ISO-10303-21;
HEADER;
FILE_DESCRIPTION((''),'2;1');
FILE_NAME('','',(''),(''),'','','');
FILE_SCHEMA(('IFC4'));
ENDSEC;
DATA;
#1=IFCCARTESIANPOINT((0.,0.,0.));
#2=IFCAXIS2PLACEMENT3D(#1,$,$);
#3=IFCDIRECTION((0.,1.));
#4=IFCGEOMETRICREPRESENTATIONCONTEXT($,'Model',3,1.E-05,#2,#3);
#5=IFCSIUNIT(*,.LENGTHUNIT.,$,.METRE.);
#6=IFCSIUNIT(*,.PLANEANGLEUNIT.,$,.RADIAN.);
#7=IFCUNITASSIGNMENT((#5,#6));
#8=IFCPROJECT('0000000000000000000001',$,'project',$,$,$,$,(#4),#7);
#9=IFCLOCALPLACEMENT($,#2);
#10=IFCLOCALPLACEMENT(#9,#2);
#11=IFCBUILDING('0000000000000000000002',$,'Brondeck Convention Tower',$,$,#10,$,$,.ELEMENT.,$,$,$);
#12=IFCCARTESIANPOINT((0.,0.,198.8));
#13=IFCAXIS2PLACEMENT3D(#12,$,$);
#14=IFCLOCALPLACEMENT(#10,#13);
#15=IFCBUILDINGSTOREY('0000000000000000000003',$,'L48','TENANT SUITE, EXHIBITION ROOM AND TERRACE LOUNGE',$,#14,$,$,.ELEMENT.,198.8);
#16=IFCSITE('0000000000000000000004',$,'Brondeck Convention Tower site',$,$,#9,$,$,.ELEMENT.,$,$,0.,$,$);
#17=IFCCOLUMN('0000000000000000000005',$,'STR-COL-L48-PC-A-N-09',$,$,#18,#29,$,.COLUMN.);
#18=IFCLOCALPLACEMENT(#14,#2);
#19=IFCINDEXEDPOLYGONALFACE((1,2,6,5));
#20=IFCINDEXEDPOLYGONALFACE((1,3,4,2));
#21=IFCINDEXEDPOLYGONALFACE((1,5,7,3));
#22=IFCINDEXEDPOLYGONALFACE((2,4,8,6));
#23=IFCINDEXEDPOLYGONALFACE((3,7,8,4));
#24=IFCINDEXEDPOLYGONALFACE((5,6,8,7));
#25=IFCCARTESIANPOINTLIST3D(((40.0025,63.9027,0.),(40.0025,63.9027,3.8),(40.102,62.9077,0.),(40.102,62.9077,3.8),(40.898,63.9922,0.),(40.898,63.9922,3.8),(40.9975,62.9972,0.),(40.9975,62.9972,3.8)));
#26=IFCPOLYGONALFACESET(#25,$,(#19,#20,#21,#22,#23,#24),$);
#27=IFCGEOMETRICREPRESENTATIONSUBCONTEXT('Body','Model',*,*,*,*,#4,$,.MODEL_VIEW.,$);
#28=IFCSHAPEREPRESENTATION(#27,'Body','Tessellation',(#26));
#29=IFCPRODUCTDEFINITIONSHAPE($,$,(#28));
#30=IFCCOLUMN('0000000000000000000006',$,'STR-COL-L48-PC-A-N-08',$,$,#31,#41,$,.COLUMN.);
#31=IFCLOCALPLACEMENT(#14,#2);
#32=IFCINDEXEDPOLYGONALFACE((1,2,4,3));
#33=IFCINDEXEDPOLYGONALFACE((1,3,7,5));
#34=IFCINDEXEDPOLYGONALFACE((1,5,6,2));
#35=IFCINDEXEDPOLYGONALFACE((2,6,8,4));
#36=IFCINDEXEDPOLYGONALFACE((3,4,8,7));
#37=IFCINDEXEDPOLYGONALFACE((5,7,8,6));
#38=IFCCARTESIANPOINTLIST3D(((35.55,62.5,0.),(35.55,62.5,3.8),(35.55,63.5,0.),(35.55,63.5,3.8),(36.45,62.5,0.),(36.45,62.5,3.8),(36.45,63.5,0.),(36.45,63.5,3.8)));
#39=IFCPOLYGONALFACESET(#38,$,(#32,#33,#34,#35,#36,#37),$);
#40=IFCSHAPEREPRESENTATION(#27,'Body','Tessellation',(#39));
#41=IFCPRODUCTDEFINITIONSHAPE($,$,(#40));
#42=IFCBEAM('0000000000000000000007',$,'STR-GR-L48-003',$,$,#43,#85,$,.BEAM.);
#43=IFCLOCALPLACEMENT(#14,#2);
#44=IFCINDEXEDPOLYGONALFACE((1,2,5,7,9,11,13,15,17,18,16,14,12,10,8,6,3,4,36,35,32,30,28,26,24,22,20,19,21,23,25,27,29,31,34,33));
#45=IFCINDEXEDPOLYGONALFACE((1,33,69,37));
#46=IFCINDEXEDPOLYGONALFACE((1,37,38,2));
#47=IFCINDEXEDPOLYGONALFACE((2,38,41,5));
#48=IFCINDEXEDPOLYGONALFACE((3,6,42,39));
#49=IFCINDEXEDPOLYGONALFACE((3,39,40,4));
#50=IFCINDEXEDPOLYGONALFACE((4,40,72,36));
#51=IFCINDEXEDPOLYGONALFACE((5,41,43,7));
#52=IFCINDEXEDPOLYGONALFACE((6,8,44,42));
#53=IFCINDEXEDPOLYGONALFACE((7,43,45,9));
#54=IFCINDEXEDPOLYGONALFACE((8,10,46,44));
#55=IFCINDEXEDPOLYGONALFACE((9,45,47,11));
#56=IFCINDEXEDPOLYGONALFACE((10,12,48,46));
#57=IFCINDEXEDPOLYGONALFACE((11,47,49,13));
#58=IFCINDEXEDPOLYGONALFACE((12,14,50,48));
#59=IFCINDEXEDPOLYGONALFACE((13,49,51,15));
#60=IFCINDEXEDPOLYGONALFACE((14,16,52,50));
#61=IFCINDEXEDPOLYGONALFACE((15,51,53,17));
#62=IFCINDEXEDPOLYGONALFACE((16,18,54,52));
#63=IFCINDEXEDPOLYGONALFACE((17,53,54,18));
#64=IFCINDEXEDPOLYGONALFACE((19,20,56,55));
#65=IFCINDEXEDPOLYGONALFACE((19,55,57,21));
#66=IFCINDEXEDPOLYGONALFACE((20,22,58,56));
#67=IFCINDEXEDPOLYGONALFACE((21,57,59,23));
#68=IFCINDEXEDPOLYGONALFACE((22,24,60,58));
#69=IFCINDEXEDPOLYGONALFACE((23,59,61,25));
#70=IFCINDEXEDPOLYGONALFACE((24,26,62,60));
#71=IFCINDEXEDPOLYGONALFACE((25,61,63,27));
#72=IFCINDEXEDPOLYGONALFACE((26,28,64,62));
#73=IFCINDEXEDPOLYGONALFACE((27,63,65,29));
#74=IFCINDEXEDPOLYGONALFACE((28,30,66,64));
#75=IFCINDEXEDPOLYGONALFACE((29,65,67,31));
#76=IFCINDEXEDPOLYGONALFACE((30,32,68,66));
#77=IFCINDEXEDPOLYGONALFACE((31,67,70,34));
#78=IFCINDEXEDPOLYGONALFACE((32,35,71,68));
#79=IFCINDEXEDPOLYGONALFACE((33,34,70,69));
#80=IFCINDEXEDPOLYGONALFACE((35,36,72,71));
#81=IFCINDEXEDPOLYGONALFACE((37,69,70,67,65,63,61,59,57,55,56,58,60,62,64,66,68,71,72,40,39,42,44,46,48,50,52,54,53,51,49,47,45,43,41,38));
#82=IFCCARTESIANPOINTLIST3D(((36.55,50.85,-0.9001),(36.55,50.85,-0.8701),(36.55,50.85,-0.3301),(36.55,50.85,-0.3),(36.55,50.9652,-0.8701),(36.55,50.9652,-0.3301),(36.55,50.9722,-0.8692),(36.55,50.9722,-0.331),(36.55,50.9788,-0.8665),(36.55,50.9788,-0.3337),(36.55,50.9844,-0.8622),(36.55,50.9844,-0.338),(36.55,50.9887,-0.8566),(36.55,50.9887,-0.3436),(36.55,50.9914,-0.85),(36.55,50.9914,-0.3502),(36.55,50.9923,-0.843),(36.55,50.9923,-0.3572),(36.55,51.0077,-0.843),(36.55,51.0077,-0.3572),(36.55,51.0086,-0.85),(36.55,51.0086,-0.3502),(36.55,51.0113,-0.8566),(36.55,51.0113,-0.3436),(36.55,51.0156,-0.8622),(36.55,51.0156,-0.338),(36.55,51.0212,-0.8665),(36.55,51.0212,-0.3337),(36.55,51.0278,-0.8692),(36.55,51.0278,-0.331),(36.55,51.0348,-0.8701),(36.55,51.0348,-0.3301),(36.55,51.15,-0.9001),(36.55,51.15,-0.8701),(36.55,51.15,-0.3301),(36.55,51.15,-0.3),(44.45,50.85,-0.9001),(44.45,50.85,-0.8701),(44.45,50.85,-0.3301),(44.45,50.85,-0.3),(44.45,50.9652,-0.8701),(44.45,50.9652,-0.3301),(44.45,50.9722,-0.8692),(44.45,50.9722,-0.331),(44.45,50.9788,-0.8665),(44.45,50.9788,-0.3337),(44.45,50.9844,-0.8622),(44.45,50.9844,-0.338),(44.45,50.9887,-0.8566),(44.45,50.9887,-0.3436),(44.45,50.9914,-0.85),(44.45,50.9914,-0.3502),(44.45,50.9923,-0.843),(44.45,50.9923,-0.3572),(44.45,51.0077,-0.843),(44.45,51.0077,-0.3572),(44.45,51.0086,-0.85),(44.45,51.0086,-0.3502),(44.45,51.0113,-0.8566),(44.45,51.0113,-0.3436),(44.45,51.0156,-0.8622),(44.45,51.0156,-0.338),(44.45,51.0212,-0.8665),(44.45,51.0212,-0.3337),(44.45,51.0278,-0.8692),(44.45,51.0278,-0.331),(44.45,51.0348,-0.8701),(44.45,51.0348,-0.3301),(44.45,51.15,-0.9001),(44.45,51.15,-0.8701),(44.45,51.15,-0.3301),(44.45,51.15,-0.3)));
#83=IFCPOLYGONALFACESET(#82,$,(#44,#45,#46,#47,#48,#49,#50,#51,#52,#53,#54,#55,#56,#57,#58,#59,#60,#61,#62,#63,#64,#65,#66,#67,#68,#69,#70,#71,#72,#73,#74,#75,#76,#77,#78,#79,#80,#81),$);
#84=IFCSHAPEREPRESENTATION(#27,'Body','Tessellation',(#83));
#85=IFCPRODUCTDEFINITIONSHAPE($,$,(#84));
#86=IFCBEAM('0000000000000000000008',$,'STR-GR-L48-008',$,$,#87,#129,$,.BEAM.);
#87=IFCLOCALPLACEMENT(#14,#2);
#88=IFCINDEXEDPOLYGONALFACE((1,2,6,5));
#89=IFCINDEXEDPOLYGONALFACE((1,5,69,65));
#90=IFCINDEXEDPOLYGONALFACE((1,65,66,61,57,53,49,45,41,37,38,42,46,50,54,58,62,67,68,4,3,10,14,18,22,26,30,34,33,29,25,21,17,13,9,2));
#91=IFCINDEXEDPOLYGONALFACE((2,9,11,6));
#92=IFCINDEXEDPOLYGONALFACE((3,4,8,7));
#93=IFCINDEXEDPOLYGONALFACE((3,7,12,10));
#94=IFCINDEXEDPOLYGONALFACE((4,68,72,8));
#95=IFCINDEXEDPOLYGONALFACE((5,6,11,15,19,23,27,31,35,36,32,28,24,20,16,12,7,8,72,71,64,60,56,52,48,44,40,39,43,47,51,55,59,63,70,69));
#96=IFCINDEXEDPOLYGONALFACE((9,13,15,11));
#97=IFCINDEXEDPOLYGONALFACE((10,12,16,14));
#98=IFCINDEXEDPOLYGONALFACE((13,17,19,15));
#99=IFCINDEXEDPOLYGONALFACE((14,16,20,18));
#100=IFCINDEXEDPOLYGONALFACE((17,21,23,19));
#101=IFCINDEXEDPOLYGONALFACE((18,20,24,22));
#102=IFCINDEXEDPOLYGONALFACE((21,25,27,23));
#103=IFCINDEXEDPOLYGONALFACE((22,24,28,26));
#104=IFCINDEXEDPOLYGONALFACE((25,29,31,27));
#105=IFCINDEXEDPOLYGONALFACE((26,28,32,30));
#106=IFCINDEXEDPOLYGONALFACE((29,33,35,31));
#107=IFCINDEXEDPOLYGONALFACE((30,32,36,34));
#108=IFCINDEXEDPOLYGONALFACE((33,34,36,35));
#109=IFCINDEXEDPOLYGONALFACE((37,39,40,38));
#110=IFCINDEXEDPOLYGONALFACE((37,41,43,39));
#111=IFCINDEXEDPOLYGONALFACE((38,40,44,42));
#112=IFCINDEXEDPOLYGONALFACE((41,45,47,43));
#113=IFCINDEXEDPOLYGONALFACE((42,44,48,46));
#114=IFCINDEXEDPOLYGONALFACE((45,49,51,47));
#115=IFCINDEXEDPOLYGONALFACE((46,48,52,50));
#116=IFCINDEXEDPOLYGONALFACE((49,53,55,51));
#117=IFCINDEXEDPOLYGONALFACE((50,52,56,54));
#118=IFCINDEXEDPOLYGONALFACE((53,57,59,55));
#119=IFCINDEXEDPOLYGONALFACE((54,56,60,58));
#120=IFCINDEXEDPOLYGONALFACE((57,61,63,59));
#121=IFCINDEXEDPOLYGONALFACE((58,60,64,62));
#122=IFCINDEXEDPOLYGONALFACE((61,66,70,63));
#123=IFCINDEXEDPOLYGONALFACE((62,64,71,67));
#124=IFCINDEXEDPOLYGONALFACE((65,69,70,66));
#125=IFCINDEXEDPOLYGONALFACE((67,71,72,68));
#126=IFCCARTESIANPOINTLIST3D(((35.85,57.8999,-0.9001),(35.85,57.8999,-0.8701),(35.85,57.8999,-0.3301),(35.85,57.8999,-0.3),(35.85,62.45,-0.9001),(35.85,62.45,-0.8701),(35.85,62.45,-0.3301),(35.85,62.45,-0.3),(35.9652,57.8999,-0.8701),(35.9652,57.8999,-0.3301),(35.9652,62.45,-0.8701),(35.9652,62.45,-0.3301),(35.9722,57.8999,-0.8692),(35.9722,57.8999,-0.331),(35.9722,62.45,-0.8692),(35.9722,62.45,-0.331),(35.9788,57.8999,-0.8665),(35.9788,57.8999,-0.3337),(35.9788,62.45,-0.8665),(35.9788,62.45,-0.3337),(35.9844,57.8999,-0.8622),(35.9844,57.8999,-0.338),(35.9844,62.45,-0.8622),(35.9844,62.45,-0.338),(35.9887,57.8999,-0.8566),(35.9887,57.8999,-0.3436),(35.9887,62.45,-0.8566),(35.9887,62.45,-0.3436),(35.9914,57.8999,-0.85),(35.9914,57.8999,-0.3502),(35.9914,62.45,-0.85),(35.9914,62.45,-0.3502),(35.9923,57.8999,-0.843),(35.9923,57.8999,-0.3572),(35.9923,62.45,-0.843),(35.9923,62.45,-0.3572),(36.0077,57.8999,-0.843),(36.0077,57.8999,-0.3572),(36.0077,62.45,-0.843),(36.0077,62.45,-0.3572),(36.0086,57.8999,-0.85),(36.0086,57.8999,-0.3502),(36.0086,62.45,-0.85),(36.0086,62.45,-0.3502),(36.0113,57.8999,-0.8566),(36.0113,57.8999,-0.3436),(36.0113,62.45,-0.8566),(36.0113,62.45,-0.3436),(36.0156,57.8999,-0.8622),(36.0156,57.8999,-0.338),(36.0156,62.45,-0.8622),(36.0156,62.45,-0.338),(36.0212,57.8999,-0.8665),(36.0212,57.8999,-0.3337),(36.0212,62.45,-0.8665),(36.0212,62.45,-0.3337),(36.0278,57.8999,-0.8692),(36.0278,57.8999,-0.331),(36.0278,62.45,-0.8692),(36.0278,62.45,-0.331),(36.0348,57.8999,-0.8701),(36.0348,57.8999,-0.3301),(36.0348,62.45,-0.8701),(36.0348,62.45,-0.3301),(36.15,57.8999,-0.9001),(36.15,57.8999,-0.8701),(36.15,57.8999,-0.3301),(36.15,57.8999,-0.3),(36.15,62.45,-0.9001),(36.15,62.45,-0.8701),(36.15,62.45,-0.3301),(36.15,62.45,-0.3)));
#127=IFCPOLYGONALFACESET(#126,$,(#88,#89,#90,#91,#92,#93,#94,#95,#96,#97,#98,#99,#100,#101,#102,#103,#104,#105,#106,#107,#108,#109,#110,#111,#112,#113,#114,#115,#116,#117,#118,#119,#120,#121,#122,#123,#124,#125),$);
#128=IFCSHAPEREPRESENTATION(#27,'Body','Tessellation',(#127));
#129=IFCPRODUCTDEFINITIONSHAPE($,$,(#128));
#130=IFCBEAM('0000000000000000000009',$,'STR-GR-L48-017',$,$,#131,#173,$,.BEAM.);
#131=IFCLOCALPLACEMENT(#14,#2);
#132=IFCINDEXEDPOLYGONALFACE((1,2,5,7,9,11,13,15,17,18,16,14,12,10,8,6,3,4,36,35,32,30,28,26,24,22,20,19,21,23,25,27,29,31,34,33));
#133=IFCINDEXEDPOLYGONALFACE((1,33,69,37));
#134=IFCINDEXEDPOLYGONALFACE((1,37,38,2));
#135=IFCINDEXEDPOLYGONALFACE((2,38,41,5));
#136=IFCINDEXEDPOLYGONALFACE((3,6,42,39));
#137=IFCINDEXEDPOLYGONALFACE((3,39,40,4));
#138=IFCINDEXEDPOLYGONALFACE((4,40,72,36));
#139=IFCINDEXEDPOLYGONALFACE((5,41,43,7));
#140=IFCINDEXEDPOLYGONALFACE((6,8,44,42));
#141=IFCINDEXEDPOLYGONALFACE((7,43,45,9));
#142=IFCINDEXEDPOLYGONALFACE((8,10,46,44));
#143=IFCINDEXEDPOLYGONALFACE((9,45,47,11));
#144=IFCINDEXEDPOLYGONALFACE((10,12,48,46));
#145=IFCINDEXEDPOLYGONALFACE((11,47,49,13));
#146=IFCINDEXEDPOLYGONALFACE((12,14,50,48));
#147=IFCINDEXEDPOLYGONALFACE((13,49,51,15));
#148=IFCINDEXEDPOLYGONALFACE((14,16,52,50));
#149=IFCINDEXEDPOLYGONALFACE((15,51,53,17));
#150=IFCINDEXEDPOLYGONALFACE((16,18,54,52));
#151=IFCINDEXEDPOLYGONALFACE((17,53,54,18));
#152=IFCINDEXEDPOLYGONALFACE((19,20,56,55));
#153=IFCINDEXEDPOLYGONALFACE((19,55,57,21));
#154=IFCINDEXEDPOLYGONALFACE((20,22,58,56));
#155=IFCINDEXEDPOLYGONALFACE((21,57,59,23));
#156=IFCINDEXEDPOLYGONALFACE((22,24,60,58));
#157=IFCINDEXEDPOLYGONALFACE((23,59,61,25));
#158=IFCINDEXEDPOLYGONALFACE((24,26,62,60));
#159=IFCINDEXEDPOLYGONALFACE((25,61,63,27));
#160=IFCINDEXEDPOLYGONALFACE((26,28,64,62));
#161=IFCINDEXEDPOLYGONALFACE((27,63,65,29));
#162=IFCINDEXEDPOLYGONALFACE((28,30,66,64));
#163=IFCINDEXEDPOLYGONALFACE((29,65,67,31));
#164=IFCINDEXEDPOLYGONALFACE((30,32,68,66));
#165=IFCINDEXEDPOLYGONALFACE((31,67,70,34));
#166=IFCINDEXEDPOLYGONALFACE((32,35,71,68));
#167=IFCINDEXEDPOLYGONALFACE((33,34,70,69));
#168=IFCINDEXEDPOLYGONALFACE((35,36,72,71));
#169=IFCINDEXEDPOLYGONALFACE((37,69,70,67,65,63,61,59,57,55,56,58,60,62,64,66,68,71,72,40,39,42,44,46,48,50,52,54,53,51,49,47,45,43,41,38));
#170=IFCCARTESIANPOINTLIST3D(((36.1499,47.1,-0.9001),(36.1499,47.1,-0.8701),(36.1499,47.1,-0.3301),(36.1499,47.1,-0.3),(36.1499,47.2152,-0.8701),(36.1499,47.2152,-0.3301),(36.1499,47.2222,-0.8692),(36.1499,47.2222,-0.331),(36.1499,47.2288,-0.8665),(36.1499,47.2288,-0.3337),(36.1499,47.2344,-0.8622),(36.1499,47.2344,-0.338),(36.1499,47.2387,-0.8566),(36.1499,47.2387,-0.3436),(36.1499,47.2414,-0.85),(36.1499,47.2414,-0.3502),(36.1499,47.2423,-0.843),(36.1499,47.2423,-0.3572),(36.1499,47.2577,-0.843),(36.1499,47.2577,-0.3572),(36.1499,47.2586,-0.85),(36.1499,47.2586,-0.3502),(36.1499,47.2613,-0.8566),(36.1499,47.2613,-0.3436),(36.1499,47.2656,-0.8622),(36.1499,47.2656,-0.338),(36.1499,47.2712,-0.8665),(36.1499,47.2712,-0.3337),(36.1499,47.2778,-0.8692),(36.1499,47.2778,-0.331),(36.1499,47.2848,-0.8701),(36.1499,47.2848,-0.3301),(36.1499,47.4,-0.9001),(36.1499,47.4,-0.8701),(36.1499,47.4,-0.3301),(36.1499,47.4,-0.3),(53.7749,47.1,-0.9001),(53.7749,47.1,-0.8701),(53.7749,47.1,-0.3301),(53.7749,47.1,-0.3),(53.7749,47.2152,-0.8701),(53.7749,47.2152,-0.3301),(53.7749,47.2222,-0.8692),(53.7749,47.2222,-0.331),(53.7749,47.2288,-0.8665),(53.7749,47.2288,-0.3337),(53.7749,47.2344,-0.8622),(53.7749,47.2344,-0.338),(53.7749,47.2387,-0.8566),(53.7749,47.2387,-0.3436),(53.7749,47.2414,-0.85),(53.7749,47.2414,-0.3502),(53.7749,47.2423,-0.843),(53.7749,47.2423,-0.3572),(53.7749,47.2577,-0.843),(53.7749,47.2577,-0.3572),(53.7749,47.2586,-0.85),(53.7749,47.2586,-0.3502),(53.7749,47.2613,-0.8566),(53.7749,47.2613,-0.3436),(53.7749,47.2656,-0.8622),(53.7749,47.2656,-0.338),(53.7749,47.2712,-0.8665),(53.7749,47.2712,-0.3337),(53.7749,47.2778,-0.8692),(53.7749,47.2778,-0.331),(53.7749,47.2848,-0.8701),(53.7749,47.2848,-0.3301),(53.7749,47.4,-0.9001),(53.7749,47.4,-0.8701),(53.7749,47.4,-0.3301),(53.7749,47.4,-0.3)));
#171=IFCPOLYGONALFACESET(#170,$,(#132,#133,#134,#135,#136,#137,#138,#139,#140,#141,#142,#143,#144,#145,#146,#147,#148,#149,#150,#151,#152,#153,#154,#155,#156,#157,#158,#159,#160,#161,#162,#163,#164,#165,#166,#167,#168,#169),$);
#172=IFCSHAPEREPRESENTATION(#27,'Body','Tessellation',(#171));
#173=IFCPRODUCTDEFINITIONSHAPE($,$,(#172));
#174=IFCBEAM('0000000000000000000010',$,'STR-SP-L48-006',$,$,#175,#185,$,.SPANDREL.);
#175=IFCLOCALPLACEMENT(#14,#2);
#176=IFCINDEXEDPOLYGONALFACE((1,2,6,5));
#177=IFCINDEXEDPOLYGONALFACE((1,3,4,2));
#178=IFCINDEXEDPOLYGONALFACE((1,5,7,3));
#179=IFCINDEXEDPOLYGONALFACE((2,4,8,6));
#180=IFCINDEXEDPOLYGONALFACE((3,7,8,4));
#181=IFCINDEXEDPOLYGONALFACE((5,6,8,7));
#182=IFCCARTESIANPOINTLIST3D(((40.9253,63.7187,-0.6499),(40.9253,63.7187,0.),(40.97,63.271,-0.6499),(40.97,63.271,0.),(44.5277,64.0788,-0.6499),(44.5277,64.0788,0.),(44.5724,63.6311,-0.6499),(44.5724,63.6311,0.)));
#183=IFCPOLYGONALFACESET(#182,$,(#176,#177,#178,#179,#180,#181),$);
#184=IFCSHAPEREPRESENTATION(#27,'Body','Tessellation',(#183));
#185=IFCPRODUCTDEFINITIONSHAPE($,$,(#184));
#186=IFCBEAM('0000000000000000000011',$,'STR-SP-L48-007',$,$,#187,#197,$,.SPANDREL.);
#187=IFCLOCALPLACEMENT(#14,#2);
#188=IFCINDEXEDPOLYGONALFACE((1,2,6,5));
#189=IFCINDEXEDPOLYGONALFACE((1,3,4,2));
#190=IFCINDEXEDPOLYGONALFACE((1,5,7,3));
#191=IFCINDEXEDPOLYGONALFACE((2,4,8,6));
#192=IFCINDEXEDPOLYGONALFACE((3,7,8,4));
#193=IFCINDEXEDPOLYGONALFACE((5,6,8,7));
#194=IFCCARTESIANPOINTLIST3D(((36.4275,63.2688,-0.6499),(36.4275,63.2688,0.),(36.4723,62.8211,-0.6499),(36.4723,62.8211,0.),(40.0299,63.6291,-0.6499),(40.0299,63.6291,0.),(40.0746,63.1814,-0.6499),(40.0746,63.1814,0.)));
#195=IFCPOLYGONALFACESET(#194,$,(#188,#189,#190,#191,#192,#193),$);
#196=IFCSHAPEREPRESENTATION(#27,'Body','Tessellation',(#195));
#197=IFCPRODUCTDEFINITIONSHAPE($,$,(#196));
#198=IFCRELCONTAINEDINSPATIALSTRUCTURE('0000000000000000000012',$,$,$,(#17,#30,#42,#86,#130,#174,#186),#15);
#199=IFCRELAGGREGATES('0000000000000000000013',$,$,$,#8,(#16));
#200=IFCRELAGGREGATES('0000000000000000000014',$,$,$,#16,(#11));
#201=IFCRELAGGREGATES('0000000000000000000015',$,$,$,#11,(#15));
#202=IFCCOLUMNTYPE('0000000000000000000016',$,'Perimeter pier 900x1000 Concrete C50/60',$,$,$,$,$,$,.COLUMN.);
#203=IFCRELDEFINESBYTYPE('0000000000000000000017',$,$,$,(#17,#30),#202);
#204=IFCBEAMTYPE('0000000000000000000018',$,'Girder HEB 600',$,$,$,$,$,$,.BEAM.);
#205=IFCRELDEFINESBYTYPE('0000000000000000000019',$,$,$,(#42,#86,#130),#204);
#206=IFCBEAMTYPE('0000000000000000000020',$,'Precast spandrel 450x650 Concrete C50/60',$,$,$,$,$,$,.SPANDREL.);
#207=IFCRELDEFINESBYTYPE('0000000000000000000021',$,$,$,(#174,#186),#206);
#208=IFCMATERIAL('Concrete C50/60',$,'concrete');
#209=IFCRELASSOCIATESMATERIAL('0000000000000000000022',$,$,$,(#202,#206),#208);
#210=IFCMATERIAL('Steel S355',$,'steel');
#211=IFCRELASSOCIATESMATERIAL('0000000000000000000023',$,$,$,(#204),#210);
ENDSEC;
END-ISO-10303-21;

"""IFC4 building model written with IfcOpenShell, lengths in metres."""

from ifc_helpers import new_model, si_unit, direction, frame, origin, origin_2d, place, context, subcontext, project, spatial, rectangle, i_section, extrude, material, material_profile, profile_set, type_object, element, save


model = new_model("IFC4")

# Units and contexts
model_context = context("Model", 3, precision=1e-05, world=origin(), true_north=direction((0.0, 1.0)))
body_context = subcontext(model_context, "Body", "Model", "MODEL_VIEW")
ifc_project = project(units=[si_unit("LENGTHUNIT", "METRE"), si_unit("PLANEANGLEUNIT", "RADIAN")], contexts=[model_context])

# Site, building, storey
site_placement = place(None, origin())
site = spatial("IfcSite", under=ifc_project, at=site_placement, Name="Brondeck Convention Tower site", CompositionType="ELEMENT", RefElevation=0.0)
building_placement = place(site_placement, origin())
building = spatial("IfcBuilding", under=site, at=building_placement, Name="Brondeck Convention Tower", CompositionType="ELEMENT")
storey_placement = place(building_placement, frame((0.0, 0.0, 198.8)))
storey = spatial("IfcBuildingStorey", under=building, at=storey_placement, Name="L48", Description="TENANT SUITE, EXHIBITION ROOM AND TERRACE LOUNGE", CompositionType="ELEMENT", Elevation=198.8)

# Columns
ifc_material_1 = material(Name="Concrete C50/60", Category="concrete")
ifc_material_profile_1 = material_profile(ifc_material_1, rectangle(XDim=0.8999, YDim=1.0, at=origin_2d()), Name="Perimeter pier 900x1000 Concrete C50/60")
ifc_profile_set_1 = profile_set([ifc_material_profile_1], Name="Concrete C50/60")
column_type = type_object("IfcColumnType", Name="Perimeter pier 900x1000 Concrete C50/60", PredefinedType="COLUMN", material=ifc_profile_set_1)
for number, where, z_axis, x_axis, name in (
    (1, (40.5, 63.45, 0.0), (0.0, 0.0, 1.0), (-0.995037, -0.099504, 0.0), "STR-COL-L48-PC-A-N-09"),
    (2, (36.0, 63.0, 0.0), (0.0, 0.0, 1.0), (-1.0, 0.0, 0.0), "STR-COL-L48-PC-A-N-08"),
):
    element("IfcColumn", number, at=place(storey_placement, frame(where, z_axis=z_axis, x_axis=x_axis)), inside=storey, type_object=column_type, Name=name, PredefinedType="COLUMN", context=body_context, shape_type="SweptSolid", body=[
        extrude(rectangle(XDim=0.8999, YDim=1.0, at=origin_2d()), origin(), (0.0, 0.0, 1.0), 3.8),
    ])

# Beams
ifc_material_2 = material(Name="Steel S355", Category="steel")
ifc_material_profile_2 = material_profile(ifc_material_2, i_section(OverallWidth=0.3, OverallDepth=0.6001, WebThickness=0.0154, FlangeThickness=0.03, FilletRadius=0.0271, at=origin_2d()), Name="HEB 600")
ifc_profile_set_2 = profile_set([ifc_material_profile_2], Name="Steel S355")
beam_type_1 = type_object("IfcBeamType", Name="Girder HEB 600", PredefinedType="BEAM", material=ifc_profile_set_2)
beam_1_placement = place(storey_placement, frame((36.55, 51.0, -0.6001), z_axis=(1.0, 0.0, 0.0), x_axis=(0.0, 1.0, 0.0)))
element("IfcBeam", 3, at=beam_1_placement, inside=storey, type_object=beam_type_1, Name="STR-GR-L48-003", PredefinedType="BEAM", context=body_context, shape_type="SweptSolid", body=[
    extrude(i_section(OverallWidth=0.3, OverallDepth=0.6001, WebThickness=0.0154, FlangeThickness=0.03, FilletRadius=0.0271, at=origin_2d()), origin(), (0.0, 0.0, 1.0), 7.8999),
])
beam_2_placement = place(storey_placement, frame((36.0, 57.8999, -0.6001), z_axis=(0.0, 1.0, 0.0), x_axis=(-1.0, 0.0, 0.0)))
element("IfcBeam", 4, at=beam_2_placement, inside=storey, type_object=beam_type_1, Name="STR-GR-L48-008", PredefinedType="BEAM", context=body_context, shape_type="SweptSolid", body=[
    extrude(i_section(OverallWidth=0.3, OverallDepth=0.6001, WebThickness=0.0154, FlangeThickness=0.03, FilletRadius=0.0271, at=origin_2d()), origin(), (0.0, 0.0, 1.0), 4.55),
])
beam_3_placement = place(storey_placement, frame((36.1499, 47.25, -0.6001), z_axis=(1.0, 0.0, 0.0), x_axis=(0.0, 1.0, 0.0)))
element("IfcBeam", 5, at=beam_3_placement, inside=storey, type_object=beam_type_1, Name="STR-GR-L48-017", PredefinedType="BEAM", context=body_context, shape_type="SweptSolid", body=[
    extrude(i_section(OverallWidth=0.3, OverallDepth=0.6001, WebThickness=0.0154, FlangeThickness=0.03, FilletRadius=0.0271, at=origin_2d()), origin(), (0.0, 0.0, 1.0), 17.625),
])
ifc_material_profile_3 = material_profile(ifc_material_1, rectangle(XDim=0.45, YDim=0.6499, at=origin_2d()), Name="Precast spandrel 450x650 Concrete C50/60")
ifc_profile_set_3 = profile_set([ifc_material_profile_3], Name="Concrete C50/60")
beam_type_2 = type_object("IfcBeamType", Name="Precast spandrel 450x650 Concrete C50/60", PredefinedType="SPANDREL", material=ifc_profile_set_3)
for number, where, z_axis, x_axis, name in (
    (6, (44.55, 63.855, -0.325), (-0.995041, -0.09947, 0.0), (0.09947, -0.995041, 0.0), "STR-SP-L48-006"),
    (7, (40.0522, 63.4053, -0.325), (-0.995034, -0.099537, 0.0), (0.099537, -0.995034, 0.0), "STR-SP-L48-007"),
):
    element("IfcBeam", number, at=place(storey_placement, frame(where, z_axis=z_axis, x_axis=x_axis)), inside=storey, type_object=beam_type_2, Name=name, PredefinedType="SPANDREL", context=body_context, shape_type="SweptSolid", body=[
        extrude(rectangle(XDim=0.45, YDim=0.6499, at=origin_2d()), origin(), (0.0, 0.0, 1.0), 3.6204),
    ])

save(model, "model.ifc")
